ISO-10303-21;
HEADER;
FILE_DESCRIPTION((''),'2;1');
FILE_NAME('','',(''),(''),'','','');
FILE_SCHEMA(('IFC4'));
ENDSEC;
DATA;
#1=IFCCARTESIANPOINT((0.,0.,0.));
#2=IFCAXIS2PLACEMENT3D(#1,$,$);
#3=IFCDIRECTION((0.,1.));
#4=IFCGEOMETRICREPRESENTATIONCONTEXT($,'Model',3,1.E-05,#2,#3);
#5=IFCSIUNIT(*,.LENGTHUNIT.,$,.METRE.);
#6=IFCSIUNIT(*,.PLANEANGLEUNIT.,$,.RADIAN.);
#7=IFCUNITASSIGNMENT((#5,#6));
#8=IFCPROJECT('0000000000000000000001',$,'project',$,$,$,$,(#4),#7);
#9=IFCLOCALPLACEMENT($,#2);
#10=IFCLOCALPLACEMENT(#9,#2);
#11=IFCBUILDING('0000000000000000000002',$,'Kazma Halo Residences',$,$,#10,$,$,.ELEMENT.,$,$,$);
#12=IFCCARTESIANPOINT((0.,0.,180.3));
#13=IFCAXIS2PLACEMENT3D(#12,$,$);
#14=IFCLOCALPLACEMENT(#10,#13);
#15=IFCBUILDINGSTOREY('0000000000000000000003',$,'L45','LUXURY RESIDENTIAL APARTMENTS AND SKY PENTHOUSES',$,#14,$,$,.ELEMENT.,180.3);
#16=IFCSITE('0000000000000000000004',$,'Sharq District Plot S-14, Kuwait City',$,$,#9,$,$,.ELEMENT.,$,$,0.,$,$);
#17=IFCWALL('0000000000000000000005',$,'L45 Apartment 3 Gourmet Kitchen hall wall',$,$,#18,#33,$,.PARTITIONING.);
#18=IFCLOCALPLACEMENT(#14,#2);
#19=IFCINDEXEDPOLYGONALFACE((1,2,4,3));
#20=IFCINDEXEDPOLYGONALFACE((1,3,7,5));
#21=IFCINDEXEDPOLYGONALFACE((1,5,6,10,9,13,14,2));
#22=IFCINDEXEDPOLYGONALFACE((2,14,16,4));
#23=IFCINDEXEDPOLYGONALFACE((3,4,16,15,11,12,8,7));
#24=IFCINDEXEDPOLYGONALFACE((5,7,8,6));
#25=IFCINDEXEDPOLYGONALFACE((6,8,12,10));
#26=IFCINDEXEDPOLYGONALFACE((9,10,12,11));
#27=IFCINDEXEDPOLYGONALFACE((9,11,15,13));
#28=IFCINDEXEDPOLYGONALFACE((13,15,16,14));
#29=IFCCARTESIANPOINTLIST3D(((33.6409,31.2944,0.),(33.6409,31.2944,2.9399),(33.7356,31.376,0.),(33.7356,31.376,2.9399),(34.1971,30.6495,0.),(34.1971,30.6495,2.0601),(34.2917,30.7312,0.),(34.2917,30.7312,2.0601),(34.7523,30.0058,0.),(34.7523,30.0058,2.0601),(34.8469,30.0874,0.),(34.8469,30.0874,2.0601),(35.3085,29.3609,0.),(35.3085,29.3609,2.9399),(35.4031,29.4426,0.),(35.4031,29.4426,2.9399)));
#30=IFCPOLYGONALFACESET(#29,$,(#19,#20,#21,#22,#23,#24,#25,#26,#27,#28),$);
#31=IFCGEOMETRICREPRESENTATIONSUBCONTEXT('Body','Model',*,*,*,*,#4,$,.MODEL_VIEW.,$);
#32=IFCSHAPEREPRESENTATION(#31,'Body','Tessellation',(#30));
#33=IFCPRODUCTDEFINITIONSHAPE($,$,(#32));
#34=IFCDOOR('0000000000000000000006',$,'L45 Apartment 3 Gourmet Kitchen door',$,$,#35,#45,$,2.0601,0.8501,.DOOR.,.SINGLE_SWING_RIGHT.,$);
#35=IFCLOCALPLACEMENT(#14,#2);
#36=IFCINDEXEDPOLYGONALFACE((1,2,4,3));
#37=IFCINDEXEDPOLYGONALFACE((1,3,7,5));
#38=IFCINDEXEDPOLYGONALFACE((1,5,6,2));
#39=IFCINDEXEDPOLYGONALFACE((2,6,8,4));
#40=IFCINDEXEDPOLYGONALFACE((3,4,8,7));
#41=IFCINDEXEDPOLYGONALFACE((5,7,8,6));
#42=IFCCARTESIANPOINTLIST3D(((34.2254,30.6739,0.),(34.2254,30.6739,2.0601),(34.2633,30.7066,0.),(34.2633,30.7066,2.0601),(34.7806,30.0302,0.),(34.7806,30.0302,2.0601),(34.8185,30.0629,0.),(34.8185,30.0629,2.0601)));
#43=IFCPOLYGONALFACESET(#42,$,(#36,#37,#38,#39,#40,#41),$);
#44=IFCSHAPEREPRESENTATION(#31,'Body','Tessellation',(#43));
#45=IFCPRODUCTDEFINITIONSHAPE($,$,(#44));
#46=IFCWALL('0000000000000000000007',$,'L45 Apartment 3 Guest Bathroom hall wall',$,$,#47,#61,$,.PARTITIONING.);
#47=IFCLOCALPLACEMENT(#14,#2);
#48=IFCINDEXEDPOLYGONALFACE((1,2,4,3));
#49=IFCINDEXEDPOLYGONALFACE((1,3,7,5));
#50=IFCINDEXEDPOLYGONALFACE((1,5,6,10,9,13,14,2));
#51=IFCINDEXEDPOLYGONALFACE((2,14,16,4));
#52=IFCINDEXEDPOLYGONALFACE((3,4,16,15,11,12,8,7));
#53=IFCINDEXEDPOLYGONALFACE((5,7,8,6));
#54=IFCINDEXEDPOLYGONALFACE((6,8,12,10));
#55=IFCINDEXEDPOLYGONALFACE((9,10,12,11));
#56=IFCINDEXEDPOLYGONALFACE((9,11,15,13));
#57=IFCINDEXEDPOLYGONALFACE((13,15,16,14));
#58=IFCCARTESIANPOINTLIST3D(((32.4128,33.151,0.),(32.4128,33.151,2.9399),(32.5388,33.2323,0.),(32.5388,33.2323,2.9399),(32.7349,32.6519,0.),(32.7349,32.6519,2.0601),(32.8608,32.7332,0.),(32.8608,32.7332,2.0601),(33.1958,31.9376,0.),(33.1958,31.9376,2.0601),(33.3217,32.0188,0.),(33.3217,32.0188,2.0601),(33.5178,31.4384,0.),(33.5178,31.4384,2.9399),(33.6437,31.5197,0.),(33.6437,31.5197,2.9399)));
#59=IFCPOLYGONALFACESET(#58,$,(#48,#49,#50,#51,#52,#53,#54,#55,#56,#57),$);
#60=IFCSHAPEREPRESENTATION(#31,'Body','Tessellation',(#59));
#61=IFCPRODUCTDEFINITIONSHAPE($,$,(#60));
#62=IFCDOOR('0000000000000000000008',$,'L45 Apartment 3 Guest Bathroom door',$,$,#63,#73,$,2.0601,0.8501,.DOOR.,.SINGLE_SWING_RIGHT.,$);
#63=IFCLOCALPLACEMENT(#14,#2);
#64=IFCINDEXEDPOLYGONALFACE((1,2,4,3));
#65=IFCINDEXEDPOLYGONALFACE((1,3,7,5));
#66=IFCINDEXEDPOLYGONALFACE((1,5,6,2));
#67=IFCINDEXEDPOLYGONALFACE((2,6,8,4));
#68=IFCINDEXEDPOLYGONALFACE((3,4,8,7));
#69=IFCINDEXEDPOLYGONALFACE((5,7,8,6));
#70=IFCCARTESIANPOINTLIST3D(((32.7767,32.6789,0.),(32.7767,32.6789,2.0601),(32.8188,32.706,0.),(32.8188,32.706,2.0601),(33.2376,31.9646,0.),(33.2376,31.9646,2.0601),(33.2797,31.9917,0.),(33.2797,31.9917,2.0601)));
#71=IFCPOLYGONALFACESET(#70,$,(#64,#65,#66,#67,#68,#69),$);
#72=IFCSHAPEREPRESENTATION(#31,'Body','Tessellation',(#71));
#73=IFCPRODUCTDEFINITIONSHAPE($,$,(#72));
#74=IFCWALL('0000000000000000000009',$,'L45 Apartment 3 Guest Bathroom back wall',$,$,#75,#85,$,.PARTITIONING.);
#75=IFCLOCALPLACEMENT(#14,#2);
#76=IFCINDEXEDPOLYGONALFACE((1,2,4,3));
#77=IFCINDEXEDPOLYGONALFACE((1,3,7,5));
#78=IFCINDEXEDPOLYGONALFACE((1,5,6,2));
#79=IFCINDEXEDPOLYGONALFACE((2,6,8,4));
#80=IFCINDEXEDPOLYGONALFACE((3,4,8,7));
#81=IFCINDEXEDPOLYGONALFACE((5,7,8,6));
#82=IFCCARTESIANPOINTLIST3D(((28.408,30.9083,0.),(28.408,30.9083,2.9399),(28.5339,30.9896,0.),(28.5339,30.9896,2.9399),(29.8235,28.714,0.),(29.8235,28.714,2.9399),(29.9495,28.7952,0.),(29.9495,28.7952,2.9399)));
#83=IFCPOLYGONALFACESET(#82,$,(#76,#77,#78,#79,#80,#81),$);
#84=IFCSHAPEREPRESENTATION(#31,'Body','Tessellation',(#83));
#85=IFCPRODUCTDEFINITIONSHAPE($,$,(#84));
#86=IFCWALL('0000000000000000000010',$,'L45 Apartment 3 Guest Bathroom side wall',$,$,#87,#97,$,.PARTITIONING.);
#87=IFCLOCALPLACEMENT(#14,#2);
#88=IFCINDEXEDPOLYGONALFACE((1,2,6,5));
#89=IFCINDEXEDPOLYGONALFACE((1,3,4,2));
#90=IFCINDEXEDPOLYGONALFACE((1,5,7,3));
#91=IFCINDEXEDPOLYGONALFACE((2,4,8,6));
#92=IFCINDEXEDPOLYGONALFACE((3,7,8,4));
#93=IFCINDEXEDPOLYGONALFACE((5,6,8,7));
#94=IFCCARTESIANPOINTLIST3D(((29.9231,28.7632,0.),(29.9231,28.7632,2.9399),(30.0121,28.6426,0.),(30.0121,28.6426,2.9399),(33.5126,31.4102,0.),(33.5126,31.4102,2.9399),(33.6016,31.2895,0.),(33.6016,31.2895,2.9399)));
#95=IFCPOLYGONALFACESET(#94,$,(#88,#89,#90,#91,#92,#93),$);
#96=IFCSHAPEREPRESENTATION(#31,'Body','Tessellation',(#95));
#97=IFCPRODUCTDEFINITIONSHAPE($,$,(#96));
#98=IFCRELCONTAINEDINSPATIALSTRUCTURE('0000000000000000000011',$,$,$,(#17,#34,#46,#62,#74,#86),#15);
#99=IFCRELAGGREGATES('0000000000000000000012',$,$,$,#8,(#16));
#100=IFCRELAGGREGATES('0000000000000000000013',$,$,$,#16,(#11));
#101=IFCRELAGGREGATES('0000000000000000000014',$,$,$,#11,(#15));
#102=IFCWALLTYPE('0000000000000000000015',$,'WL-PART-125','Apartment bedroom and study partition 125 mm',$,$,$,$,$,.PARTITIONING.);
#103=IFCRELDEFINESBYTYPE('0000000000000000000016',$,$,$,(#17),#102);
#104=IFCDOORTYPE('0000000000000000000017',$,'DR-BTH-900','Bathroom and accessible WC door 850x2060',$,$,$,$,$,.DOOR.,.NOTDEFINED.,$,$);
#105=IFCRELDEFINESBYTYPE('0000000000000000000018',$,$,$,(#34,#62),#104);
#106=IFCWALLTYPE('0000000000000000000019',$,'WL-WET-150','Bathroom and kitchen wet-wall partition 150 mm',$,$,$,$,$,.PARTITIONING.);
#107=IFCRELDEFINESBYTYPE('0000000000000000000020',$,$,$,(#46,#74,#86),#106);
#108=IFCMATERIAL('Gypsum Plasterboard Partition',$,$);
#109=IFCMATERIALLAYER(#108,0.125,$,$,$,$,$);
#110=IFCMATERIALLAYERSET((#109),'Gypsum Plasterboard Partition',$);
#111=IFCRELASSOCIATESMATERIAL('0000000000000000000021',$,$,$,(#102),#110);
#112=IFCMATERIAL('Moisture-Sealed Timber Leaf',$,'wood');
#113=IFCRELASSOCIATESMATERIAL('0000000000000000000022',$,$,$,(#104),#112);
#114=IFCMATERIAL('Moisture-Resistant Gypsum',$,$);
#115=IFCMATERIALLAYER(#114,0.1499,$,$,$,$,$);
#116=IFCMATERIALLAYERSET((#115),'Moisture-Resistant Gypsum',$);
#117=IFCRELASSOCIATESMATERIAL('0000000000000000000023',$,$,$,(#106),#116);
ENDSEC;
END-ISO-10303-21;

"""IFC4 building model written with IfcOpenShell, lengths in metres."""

from ifc_helpers import new_model, si_unit, direction, frame, frame_2d, origin, place, context, subcontext, project, spatial, rectangle, extrude, material, layer, layer_set, type_object, element, fill, save


model = new_model("IFC4")

# Units and contexts
model_context = context("Model", 3, precision=1e-05, world=origin(), true_north=direction((0.0, 1.0)))
body_context = subcontext(model_context, "Body", "Model", "MODEL_VIEW")
ifc_project = project(units=[si_unit("LENGTHUNIT", "METRE"), si_unit("PLANEANGLEUNIT", "RADIAN")], contexts=[model_context])

# Site, building, storey
site_placement = place(None, origin())
site = spatial("IfcSite", under=ifc_project, at=site_placement, Name="Sharq District Plot S-14, Kuwait City", CompositionType="ELEMENT", RefElevation=0.0)
building_placement = place(site_placement, origin())
building = spatial("IfcBuilding", under=site, at=building_placement, Name="Kazma Halo Residences", CompositionType="ELEMENT")
storey_placement = place(building_placement, frame((0.0, 0.0, 180.3)))
storey = spatial("IfcBuildingStorey", under=building, at=storey_placement, Name="L45", Description="LUXURY RESIDENTIAL APARTMENTS AND SKY PENTHOUSES", CompositionType="ELEMENT", Elevation=180.3)

# Shared definitions
ifc_material_1 = material(Name="Gypsum Plasterboard Partition")
ifc_layer_1 = layer(ifc_material_1, 0.125)
ifc_layer_set_1 = layer_set([ifc_layer_1], Name="Gypsum Plasterboard Partition")
wall_type_1 = type_object("IfcWallType", Name="WL-PART-125", Description="Apartment bedroom and study partition 125 mm", PredefinedType="PARTITIONING", material=ifc_layer_set_1)

# Walls, openings, doors
ifc_material_2 = material(Name="Moisture-Sealed Timber Leaf", Category="wood")
door_type = type_object("IfcDoorType", Name="DR-BTH-900", Description="Bathroom and accessible WC door 850x2060", OperationType="NOTDEFINED", PredefinedType="DOOR", material=ifc_material_2)
wall_1_placement = place(storey_placement, frame((33.6882, 31.3352, 0.0), z_axis=(0.0, 0.0, 1.0), x_axis=(0.653119, -0.757255, 0.0)))
wall_1 = element("IfcWall", 1, at=wall_1_placement, inside=storey, type_object=wall_type_1, Name="L45 Apartment 3 Gourmet Kitchen hall wall", PredefinedType="PARTITIONING", context=body_context, shape_type="SweptSolid", body=[
    extrude(rectangle(XDim=2.5532, YDim=0.125, at=frame_2d((1.2766, 0.0))), origin(), (0.0, 0.0, 1.0), 2.9399),
])
opening_1_placement = place(wall_1_placement, frame((0.8516, 0.0, 0.0)))
opening_1 = element("IfcOpeningElement", 2, at=opening_1_placement, cuts=wall_1, PredefinedType="OPENING", context=body_context, shape_type="SweptSolid", body=[
    extrude(rectangle(XDim=0.8501, YDim=2.0601, at=frame_2d((0.425, 1.03))), frame((0.0, 0.0725, 0.0), z_axis=(0.0, -1.0, 0.0), x_axis=(1.0, 0.0, 0.0)), (0.0, 0.0, 1.0), 0.145),
])
door_1_placement = place(opening_1_placement, origin())
door_1 = element("IfcDoor", 3, at=door_1_placement, inside=storey, type_object=door_type, Name="L45 Apartment 3 Gourmet Kitchen door", OperationType="SINGLE_SWING_RIGHT", OverallHeight=2.0601, OverallWidth=0.8501, PredefinedType="DOOR", context=body_context, shape_type="SweptSolid", body=[
    extrude(rectangle(XDim=0.8501, YDim=2.0601, at=frame_2d((0.425, 1.03))), frame((0.0, 0.0249, 0.0), z_axis=(0.0, -1.0, 0.0), x_axis=(1.0, 0.0, 0.0)), (0.0, 0.0, 1.0), 0.05),
])
fill(opening_1, door_1)
ifc_material_3 = material(Name="Moisture-Resistant Gypsum")
ifc_layer_2 = layer(ifc_material_3, 0.1499)
ifc_layer_set_2 = layer_set([ifc_layer_2], Name="Moisture-Resistant Gypsum")
wall_type_2 = type_object("IfcWallType", Name="WL-WET-150", Description="Bathroom and kitchen wet-wall partition 150 mm", PredefinedType="PARTITIONING", material=ifc_layer_set_2)
wall_2_placement = place(storey_placement, frame((32.4758, 33.1917, 0.0), z_axis=(0.0, 0.0, 1.0), x_axis=(0.542143, -0.840286, 0.0)))
wall_2 = element("IfcWall", 4, at=wall_2_placement, inside=storey, type_object=wall_type_2, Name="L45 Apartment 3 Guest Bathroom hall wall", PredefinedType="PARTITIONING", context=body_context, shape_type="SweptSolid", body=[
    extrude(rectangle(XDim=2.0381, YDim=0.1499, at=frame_2d((1.019, 0.0))), origin(), (0.0, 0.0, 1.0), 2.9399),
])
opening_2_placement = place(wall_2_placement, frame((0.594, 0.0, 0.0)))
opening_2 = element("IfcOpeningElement", 5, at=opening_2_placement, cuts=wall_2, PredefinedType="OPENING", context=body_context, shape_type="SweptSolid", body=[
    extrude(rectangle(XDim=0.8501, YDim=2.0601, at=frame_2d((0.425, 1.03))), frame((0.0, 0.085, 0.0), z_axis=(0.0, -1.0, 0.0), x_axis=(1.0, 0.0, 0.0)), (0.0, 0.0, 1.0), 0.1699),
])
door_2_placement = place(opening_2_placement, origin())
door_2 = element("IfcDoor", 6, at=door_2_placement, inside=storey, type_object=door_type, Name="L45 Apartment 3 Guest Bathroom door", OperationType="SINGLE_SWING_RIGHT", OverallHeight=2.0601, OverallWidth=0.8501, PredefinedType="DOOR", context=body_context, shape_type="SweptSolid", body=[
    extrude(rectangle(XDim=0.8501, YDim=2.0601, at=frame_2d((0.425, 1.03))), frame((0.0, 0.0249, 0.0), z_axis=(0.0, -1.0, 0.0), x_axis=(1.0, 0.0, 0.0)), (0.0, 0.0, 1.0), 0.05),
])
fill(opening_2, door_2)

# Walls
wall_3_placement = place(storey_placement, frame((28.4709, 30.949, 0.0), z_axis=(0.0, 0.0, 1.0), x_axis=(0.54208, -0.840327, 0.0)))
element("IfcWall", 7, at=wall_3_placement, inside=storey, type_object=wall_type_2, Name="L45 Apartment 3 Guest Bathroom back wall", PredefinedType="PARTITIONING", context=body_context, shape_type="SweptSolid", body=[
    extrude(rectangle(XDim=2.6113, YDim=0.1499, at=frame_2d((1.3057, 0.0))), origin(), (0.0, 0.0, 1.0), 2.9399),
])
wall_4_placement = place(storey_placement, frame((33.5571, 31.3499, 0.0), z_axis=(0.0, 0.0, 1.0), x_axis=(-0.804841, -0.59349, 0.0)))
element("IfcWall", 8, at=wall_4_placement, inside=storey, type_object=wall_type_2, Name="L45 Apartment 3 Guest Bathroom side wall", PredefinedType="PARTITIONING", context=body_context, shape_type="SweptSolid", body=[
    extrude(rectangle(XDim=4.46, YDim=0.1499, at=frame_2d((2.23, 0.0))), origin(), (0.0, 0.0, 1.0), 2.9399),
])

save(model, "model.ifc")
